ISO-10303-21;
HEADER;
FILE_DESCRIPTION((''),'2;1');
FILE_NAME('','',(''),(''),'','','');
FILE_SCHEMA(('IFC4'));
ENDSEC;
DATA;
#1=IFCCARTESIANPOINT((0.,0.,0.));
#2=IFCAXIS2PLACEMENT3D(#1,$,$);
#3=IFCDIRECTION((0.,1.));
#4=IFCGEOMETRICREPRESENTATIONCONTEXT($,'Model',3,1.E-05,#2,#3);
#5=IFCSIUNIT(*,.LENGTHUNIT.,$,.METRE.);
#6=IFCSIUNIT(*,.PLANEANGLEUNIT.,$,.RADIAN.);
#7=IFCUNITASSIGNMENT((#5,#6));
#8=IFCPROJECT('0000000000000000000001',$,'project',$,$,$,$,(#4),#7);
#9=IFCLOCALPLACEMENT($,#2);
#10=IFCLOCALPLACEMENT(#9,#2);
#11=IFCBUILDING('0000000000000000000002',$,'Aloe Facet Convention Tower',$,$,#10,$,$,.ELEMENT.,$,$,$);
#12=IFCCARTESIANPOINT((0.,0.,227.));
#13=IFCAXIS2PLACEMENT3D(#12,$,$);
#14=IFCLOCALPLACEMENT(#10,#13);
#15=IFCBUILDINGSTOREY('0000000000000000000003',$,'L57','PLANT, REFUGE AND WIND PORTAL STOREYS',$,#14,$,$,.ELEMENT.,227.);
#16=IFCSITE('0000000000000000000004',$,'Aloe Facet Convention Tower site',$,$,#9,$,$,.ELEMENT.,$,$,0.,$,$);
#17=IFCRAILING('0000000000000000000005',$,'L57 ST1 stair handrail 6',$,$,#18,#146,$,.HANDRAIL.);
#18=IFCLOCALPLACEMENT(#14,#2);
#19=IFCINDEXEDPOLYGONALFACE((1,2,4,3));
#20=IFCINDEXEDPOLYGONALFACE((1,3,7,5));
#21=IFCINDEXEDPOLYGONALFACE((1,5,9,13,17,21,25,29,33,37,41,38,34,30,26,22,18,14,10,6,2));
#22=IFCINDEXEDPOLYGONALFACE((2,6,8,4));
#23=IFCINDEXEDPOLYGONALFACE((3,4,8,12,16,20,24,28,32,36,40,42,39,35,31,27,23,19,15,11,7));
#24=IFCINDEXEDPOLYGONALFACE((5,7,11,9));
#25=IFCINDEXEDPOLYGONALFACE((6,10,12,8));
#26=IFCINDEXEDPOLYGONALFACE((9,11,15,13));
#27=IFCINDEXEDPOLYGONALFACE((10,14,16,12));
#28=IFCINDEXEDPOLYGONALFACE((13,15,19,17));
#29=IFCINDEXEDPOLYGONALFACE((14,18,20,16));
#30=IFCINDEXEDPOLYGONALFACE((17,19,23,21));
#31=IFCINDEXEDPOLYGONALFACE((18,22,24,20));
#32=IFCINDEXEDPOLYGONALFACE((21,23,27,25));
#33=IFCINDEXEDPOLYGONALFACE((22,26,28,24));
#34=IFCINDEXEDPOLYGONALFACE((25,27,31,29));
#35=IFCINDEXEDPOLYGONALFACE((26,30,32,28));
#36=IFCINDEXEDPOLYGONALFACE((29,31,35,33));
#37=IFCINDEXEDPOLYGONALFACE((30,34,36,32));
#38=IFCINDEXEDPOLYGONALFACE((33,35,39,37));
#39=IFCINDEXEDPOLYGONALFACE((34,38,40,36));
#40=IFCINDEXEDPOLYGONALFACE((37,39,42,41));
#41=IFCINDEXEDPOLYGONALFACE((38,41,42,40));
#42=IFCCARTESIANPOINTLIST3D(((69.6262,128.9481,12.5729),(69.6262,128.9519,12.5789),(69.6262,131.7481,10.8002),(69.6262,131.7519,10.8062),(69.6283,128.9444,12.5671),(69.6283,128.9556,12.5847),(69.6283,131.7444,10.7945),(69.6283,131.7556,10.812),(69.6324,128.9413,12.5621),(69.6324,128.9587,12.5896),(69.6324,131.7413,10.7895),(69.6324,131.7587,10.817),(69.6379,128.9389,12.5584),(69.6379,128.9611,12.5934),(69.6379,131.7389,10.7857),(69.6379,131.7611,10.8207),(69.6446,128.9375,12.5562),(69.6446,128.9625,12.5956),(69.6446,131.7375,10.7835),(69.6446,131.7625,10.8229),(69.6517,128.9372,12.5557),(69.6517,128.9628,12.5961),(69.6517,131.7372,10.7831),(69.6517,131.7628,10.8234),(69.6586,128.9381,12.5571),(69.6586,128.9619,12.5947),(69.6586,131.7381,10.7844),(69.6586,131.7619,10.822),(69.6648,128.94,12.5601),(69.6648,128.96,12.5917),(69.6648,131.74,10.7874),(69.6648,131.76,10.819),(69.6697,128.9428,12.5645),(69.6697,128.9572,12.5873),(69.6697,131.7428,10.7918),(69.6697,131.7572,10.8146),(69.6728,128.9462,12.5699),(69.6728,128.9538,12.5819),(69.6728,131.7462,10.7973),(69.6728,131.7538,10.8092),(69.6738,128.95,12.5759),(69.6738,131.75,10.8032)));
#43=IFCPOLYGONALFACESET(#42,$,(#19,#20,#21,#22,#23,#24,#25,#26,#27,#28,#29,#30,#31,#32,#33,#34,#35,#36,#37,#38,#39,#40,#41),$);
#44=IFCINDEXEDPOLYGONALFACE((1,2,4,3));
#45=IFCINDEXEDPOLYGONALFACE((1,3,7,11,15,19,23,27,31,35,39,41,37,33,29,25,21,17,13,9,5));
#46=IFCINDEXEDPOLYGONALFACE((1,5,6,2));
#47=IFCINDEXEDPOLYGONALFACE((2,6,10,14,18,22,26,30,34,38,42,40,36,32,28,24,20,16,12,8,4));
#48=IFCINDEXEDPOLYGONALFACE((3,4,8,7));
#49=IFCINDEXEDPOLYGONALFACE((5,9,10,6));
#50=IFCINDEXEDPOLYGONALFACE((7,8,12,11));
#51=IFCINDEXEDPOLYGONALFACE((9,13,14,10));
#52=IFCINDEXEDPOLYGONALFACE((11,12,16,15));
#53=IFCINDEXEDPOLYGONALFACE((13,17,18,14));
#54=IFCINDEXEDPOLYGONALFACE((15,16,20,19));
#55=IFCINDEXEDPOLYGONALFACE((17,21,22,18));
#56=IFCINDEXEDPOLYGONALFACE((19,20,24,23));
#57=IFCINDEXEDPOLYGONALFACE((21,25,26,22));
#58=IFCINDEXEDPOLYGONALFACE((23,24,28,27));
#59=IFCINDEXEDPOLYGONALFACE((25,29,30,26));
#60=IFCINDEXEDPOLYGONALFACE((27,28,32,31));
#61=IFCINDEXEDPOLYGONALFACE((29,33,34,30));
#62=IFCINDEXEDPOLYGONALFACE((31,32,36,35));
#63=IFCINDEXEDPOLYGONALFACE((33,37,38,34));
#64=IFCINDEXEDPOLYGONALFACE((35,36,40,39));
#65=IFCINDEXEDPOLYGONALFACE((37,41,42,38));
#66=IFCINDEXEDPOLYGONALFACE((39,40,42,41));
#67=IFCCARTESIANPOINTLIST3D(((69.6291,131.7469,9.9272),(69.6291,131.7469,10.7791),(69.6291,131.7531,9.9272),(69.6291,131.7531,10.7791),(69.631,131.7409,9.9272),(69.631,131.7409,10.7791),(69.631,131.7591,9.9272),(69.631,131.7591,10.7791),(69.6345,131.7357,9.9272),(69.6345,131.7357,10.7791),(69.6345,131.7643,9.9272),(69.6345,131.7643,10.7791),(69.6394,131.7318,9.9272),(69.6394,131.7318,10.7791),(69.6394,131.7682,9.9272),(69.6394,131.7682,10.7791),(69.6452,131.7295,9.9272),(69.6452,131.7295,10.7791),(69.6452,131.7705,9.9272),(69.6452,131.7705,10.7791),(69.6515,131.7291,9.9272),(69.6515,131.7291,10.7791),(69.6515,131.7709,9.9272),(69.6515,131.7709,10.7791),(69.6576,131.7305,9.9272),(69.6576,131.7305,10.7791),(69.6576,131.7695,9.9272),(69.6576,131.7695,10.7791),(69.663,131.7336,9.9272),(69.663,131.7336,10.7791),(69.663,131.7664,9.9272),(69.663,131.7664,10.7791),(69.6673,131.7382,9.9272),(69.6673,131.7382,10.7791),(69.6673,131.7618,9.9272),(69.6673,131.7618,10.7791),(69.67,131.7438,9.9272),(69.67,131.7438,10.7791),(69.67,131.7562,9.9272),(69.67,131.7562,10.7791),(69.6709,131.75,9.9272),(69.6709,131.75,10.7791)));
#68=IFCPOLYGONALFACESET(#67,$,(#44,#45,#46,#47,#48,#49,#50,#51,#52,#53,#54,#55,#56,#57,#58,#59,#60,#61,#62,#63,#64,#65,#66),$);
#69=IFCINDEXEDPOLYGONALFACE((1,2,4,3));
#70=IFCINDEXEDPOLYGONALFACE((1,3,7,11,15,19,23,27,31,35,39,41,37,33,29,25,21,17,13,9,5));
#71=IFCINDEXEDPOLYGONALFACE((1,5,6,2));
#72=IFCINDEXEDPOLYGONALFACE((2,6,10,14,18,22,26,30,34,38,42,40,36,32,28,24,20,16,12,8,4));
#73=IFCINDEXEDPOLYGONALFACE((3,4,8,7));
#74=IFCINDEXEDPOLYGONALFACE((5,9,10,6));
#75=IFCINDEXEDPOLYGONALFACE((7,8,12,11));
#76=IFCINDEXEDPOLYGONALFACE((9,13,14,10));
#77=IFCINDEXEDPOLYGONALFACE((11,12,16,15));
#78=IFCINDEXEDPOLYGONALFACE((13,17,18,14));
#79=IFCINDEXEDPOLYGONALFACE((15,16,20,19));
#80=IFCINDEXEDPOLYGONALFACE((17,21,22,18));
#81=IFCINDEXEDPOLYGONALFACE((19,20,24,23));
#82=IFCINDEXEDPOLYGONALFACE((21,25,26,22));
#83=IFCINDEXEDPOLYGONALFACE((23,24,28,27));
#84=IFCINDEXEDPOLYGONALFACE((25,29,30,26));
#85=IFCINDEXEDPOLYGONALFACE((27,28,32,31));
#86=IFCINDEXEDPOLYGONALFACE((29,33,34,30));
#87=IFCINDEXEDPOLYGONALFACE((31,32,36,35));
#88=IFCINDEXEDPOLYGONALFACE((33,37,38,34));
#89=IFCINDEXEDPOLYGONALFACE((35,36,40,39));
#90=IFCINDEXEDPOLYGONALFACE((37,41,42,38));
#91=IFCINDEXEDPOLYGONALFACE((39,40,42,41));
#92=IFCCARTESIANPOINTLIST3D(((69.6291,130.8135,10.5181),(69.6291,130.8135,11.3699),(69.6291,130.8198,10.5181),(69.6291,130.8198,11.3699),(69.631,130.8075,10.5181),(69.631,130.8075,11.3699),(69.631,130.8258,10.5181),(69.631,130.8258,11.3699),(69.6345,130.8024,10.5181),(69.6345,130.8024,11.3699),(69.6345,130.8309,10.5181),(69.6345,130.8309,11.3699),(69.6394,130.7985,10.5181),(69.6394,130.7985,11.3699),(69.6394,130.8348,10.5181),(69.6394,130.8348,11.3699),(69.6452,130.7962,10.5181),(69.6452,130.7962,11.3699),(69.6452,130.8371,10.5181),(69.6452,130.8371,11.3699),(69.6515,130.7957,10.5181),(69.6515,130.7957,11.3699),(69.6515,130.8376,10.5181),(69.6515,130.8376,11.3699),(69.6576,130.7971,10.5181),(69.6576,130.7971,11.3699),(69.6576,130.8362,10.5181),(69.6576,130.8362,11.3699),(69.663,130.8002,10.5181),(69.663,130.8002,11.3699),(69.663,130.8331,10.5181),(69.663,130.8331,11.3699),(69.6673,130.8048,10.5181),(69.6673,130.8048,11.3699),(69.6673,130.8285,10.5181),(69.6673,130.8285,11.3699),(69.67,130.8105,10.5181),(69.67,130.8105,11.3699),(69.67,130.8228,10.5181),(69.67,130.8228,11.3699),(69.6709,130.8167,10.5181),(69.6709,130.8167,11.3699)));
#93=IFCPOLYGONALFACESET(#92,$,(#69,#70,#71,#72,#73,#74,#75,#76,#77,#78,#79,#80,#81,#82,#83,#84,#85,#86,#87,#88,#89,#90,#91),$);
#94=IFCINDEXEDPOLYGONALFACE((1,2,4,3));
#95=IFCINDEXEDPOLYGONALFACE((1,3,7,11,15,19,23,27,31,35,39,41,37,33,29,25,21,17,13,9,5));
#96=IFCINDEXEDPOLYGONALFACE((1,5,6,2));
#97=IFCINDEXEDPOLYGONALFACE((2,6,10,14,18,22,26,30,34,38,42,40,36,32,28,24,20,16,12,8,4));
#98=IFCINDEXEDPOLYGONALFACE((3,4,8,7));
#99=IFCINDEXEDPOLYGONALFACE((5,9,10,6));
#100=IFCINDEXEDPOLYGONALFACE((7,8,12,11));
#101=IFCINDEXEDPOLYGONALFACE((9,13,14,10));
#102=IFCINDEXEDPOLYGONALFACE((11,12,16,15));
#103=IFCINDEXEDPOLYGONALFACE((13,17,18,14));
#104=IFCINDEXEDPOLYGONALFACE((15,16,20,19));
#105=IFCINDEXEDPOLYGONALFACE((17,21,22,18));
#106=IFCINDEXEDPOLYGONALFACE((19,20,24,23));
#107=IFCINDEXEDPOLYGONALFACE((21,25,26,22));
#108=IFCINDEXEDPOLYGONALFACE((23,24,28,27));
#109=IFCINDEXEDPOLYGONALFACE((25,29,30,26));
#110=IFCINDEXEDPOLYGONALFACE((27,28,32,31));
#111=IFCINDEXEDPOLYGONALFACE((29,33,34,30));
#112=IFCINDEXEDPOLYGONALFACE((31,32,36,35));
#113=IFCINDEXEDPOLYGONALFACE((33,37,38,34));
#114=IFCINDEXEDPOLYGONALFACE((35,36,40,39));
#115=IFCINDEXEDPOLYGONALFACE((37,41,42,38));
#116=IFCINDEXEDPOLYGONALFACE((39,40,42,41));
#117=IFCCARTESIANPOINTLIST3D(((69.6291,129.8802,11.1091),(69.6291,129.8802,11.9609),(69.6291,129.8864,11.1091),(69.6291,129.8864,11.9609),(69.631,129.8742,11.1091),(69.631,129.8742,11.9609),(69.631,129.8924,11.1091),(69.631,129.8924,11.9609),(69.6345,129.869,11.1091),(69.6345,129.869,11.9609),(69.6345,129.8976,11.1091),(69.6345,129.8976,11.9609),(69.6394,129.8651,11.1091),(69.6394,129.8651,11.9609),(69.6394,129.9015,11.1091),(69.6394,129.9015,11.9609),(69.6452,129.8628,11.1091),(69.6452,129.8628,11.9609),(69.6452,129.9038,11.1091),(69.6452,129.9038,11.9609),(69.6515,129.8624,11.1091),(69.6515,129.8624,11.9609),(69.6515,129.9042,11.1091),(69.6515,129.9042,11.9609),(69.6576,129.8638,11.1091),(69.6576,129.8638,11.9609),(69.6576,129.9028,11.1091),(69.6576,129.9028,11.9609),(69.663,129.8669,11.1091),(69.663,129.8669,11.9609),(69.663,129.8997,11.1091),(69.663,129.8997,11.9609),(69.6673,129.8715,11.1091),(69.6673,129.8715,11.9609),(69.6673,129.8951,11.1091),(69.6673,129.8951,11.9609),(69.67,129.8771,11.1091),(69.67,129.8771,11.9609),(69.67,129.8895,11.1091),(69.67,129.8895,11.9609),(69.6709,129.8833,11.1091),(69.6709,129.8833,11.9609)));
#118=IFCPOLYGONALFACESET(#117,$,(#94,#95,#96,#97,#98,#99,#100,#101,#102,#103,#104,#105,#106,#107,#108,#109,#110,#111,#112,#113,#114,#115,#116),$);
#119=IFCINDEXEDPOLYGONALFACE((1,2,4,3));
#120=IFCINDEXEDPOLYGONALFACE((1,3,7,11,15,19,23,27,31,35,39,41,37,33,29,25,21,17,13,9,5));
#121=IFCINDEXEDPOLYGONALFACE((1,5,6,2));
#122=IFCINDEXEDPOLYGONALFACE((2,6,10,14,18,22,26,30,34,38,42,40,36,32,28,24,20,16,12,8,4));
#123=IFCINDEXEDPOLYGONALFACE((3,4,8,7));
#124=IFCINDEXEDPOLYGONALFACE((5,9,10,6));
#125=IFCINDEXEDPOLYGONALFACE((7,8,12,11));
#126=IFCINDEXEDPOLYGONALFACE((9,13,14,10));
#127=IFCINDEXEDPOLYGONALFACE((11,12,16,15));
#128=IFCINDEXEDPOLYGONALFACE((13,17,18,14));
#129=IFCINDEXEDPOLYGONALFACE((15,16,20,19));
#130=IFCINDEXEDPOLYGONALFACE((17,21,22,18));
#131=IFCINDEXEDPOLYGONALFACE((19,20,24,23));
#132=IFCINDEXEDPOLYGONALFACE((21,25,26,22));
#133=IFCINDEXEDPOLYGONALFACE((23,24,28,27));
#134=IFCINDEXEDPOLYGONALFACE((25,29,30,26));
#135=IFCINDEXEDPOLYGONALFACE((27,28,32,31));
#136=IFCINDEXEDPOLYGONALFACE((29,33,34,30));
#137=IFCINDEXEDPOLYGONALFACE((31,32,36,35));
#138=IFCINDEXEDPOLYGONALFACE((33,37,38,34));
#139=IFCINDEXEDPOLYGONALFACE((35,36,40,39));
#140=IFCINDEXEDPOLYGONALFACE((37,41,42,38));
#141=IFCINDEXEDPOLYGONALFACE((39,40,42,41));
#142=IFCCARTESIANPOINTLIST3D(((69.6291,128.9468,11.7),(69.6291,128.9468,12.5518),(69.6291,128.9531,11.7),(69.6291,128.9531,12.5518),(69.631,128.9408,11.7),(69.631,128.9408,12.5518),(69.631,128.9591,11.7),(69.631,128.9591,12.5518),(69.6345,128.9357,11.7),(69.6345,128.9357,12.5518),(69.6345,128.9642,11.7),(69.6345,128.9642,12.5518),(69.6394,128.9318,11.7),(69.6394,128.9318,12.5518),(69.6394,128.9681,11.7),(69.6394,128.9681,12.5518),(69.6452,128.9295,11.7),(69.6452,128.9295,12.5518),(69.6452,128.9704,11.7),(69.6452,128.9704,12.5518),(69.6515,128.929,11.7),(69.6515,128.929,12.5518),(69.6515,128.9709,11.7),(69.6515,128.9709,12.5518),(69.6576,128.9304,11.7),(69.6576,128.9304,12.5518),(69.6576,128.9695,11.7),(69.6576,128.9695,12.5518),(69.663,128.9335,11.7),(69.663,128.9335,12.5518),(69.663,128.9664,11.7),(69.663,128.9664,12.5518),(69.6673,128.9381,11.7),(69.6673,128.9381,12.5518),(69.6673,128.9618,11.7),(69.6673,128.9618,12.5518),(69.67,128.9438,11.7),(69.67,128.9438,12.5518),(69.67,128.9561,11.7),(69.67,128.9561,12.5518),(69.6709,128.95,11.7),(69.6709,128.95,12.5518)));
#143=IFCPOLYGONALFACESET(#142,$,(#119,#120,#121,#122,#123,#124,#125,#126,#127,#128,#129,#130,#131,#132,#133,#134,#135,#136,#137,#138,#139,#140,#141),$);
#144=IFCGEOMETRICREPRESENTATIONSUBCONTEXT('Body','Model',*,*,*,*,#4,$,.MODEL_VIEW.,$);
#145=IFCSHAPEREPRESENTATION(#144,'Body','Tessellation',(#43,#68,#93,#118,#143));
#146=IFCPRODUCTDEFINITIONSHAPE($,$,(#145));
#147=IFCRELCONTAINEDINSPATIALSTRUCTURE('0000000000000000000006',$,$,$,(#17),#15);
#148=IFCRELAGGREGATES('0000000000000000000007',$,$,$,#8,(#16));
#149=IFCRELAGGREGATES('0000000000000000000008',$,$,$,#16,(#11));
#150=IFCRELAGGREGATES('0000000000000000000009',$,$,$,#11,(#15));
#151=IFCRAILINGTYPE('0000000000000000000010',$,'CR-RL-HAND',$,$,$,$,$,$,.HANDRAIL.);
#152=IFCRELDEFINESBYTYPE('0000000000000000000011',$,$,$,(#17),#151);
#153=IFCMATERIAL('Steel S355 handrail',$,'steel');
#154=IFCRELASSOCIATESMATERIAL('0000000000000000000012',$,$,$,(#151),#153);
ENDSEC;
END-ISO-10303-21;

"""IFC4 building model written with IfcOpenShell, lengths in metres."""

from ifc_helpers import new_model, si_unit, direction, frame, origin, origin_2d, place, context, subcontext, project, spatial, circle, extrude, material, type_object, element, save


model = new_model("IFC4")

# Units and contexts
model_context = context("Model", 3, precision=1e-05, world=origin(), true_north=direction((0.0, 1.0)))
body_context = subcontext(model_context, "Body", "Model", "MODEL_VIEW")
ifc_project = project(units=[si_unit("LENGTHUNIT", "METRE"), si_unit("PLANEANGLEUNIT", "RADIAN")], contexts=[model_context])

# Site, building, storey
site_placement = place(None, origin())
site = spatial("IfcSite", under=ifc_project, at=site_placement, Name="Aloe Facet Convention Tower site", CompositionType="ELEMENT", RefElevation=0.0)
building_placement = place(site_placement, origin())
building = spatial("IfcBuilding", under=site, at=building_placement, Name="Aloe Facet Convention Tower", CompositionType="ELEMENT")
storey_placement = place(building_placement, frame((0.0, 0.0, 227.0)))
storey = spatial("IfcBuildingStorey", under=building, at=storey_placement, Name="L57", Description="PLANT, REFUGE AND WIND PORTAL STOREYS", CompositionType="ELEMENT", Elevation=227.0)

# Railing
ifc_material_1 = material(Name="Steel S355 handrail", Category="steel")
railing_type_1 = type_object("IfcRailingType", Name="CR-RL-HAND", PredefinedType="HANDRAIL", material=ifc_material_1)
for number, where, name in (
    (1, (69.6499, 131.75, 9.9272), "L57 ST1 stair handrail 6"),
):
    element("IfcRailing", number, at=place(storey_placement, frame(where)), inside=storey, type_object=railing_type_1, Name=name, PredefinedType="HANDRAIL", context=body_context, shape_type="SweptSolid", body=[
        extrude(circle(Radius=0.0239, at=origin_2d()), frame((0.0, 0.0, 0.876), z_axis=(0.0, -0.844909, 0.53491), x_axis=(1.0, 0.0, 0.0)), (0.0, 0.0, 1.0), 3.314),
        extrude(circle(Radius=0.021, at=origin_2d()), origin(), (0.0, 0.0, 1.0), 0.8518),
        extrude(circle(Radius=0.021, at=origin_2d()), frame((0.0, -0.9333, 0.5908)), (0.0, 0.0, 1.0), 0.8518),
        extrude(circle(Radius=0.021, at=origin_2d()), frame((0.0, -1.8667, 1.1819)), (0.0, 0.0, 1.0), 0.8518),
        extrude(circle(Radius=0.021, at=origin_2d()), frame((0.0, -2.8, 1.7727)), (0.0, 0.0, 1.0), 0.8518),
    ])

save(model, "model.ifc")
